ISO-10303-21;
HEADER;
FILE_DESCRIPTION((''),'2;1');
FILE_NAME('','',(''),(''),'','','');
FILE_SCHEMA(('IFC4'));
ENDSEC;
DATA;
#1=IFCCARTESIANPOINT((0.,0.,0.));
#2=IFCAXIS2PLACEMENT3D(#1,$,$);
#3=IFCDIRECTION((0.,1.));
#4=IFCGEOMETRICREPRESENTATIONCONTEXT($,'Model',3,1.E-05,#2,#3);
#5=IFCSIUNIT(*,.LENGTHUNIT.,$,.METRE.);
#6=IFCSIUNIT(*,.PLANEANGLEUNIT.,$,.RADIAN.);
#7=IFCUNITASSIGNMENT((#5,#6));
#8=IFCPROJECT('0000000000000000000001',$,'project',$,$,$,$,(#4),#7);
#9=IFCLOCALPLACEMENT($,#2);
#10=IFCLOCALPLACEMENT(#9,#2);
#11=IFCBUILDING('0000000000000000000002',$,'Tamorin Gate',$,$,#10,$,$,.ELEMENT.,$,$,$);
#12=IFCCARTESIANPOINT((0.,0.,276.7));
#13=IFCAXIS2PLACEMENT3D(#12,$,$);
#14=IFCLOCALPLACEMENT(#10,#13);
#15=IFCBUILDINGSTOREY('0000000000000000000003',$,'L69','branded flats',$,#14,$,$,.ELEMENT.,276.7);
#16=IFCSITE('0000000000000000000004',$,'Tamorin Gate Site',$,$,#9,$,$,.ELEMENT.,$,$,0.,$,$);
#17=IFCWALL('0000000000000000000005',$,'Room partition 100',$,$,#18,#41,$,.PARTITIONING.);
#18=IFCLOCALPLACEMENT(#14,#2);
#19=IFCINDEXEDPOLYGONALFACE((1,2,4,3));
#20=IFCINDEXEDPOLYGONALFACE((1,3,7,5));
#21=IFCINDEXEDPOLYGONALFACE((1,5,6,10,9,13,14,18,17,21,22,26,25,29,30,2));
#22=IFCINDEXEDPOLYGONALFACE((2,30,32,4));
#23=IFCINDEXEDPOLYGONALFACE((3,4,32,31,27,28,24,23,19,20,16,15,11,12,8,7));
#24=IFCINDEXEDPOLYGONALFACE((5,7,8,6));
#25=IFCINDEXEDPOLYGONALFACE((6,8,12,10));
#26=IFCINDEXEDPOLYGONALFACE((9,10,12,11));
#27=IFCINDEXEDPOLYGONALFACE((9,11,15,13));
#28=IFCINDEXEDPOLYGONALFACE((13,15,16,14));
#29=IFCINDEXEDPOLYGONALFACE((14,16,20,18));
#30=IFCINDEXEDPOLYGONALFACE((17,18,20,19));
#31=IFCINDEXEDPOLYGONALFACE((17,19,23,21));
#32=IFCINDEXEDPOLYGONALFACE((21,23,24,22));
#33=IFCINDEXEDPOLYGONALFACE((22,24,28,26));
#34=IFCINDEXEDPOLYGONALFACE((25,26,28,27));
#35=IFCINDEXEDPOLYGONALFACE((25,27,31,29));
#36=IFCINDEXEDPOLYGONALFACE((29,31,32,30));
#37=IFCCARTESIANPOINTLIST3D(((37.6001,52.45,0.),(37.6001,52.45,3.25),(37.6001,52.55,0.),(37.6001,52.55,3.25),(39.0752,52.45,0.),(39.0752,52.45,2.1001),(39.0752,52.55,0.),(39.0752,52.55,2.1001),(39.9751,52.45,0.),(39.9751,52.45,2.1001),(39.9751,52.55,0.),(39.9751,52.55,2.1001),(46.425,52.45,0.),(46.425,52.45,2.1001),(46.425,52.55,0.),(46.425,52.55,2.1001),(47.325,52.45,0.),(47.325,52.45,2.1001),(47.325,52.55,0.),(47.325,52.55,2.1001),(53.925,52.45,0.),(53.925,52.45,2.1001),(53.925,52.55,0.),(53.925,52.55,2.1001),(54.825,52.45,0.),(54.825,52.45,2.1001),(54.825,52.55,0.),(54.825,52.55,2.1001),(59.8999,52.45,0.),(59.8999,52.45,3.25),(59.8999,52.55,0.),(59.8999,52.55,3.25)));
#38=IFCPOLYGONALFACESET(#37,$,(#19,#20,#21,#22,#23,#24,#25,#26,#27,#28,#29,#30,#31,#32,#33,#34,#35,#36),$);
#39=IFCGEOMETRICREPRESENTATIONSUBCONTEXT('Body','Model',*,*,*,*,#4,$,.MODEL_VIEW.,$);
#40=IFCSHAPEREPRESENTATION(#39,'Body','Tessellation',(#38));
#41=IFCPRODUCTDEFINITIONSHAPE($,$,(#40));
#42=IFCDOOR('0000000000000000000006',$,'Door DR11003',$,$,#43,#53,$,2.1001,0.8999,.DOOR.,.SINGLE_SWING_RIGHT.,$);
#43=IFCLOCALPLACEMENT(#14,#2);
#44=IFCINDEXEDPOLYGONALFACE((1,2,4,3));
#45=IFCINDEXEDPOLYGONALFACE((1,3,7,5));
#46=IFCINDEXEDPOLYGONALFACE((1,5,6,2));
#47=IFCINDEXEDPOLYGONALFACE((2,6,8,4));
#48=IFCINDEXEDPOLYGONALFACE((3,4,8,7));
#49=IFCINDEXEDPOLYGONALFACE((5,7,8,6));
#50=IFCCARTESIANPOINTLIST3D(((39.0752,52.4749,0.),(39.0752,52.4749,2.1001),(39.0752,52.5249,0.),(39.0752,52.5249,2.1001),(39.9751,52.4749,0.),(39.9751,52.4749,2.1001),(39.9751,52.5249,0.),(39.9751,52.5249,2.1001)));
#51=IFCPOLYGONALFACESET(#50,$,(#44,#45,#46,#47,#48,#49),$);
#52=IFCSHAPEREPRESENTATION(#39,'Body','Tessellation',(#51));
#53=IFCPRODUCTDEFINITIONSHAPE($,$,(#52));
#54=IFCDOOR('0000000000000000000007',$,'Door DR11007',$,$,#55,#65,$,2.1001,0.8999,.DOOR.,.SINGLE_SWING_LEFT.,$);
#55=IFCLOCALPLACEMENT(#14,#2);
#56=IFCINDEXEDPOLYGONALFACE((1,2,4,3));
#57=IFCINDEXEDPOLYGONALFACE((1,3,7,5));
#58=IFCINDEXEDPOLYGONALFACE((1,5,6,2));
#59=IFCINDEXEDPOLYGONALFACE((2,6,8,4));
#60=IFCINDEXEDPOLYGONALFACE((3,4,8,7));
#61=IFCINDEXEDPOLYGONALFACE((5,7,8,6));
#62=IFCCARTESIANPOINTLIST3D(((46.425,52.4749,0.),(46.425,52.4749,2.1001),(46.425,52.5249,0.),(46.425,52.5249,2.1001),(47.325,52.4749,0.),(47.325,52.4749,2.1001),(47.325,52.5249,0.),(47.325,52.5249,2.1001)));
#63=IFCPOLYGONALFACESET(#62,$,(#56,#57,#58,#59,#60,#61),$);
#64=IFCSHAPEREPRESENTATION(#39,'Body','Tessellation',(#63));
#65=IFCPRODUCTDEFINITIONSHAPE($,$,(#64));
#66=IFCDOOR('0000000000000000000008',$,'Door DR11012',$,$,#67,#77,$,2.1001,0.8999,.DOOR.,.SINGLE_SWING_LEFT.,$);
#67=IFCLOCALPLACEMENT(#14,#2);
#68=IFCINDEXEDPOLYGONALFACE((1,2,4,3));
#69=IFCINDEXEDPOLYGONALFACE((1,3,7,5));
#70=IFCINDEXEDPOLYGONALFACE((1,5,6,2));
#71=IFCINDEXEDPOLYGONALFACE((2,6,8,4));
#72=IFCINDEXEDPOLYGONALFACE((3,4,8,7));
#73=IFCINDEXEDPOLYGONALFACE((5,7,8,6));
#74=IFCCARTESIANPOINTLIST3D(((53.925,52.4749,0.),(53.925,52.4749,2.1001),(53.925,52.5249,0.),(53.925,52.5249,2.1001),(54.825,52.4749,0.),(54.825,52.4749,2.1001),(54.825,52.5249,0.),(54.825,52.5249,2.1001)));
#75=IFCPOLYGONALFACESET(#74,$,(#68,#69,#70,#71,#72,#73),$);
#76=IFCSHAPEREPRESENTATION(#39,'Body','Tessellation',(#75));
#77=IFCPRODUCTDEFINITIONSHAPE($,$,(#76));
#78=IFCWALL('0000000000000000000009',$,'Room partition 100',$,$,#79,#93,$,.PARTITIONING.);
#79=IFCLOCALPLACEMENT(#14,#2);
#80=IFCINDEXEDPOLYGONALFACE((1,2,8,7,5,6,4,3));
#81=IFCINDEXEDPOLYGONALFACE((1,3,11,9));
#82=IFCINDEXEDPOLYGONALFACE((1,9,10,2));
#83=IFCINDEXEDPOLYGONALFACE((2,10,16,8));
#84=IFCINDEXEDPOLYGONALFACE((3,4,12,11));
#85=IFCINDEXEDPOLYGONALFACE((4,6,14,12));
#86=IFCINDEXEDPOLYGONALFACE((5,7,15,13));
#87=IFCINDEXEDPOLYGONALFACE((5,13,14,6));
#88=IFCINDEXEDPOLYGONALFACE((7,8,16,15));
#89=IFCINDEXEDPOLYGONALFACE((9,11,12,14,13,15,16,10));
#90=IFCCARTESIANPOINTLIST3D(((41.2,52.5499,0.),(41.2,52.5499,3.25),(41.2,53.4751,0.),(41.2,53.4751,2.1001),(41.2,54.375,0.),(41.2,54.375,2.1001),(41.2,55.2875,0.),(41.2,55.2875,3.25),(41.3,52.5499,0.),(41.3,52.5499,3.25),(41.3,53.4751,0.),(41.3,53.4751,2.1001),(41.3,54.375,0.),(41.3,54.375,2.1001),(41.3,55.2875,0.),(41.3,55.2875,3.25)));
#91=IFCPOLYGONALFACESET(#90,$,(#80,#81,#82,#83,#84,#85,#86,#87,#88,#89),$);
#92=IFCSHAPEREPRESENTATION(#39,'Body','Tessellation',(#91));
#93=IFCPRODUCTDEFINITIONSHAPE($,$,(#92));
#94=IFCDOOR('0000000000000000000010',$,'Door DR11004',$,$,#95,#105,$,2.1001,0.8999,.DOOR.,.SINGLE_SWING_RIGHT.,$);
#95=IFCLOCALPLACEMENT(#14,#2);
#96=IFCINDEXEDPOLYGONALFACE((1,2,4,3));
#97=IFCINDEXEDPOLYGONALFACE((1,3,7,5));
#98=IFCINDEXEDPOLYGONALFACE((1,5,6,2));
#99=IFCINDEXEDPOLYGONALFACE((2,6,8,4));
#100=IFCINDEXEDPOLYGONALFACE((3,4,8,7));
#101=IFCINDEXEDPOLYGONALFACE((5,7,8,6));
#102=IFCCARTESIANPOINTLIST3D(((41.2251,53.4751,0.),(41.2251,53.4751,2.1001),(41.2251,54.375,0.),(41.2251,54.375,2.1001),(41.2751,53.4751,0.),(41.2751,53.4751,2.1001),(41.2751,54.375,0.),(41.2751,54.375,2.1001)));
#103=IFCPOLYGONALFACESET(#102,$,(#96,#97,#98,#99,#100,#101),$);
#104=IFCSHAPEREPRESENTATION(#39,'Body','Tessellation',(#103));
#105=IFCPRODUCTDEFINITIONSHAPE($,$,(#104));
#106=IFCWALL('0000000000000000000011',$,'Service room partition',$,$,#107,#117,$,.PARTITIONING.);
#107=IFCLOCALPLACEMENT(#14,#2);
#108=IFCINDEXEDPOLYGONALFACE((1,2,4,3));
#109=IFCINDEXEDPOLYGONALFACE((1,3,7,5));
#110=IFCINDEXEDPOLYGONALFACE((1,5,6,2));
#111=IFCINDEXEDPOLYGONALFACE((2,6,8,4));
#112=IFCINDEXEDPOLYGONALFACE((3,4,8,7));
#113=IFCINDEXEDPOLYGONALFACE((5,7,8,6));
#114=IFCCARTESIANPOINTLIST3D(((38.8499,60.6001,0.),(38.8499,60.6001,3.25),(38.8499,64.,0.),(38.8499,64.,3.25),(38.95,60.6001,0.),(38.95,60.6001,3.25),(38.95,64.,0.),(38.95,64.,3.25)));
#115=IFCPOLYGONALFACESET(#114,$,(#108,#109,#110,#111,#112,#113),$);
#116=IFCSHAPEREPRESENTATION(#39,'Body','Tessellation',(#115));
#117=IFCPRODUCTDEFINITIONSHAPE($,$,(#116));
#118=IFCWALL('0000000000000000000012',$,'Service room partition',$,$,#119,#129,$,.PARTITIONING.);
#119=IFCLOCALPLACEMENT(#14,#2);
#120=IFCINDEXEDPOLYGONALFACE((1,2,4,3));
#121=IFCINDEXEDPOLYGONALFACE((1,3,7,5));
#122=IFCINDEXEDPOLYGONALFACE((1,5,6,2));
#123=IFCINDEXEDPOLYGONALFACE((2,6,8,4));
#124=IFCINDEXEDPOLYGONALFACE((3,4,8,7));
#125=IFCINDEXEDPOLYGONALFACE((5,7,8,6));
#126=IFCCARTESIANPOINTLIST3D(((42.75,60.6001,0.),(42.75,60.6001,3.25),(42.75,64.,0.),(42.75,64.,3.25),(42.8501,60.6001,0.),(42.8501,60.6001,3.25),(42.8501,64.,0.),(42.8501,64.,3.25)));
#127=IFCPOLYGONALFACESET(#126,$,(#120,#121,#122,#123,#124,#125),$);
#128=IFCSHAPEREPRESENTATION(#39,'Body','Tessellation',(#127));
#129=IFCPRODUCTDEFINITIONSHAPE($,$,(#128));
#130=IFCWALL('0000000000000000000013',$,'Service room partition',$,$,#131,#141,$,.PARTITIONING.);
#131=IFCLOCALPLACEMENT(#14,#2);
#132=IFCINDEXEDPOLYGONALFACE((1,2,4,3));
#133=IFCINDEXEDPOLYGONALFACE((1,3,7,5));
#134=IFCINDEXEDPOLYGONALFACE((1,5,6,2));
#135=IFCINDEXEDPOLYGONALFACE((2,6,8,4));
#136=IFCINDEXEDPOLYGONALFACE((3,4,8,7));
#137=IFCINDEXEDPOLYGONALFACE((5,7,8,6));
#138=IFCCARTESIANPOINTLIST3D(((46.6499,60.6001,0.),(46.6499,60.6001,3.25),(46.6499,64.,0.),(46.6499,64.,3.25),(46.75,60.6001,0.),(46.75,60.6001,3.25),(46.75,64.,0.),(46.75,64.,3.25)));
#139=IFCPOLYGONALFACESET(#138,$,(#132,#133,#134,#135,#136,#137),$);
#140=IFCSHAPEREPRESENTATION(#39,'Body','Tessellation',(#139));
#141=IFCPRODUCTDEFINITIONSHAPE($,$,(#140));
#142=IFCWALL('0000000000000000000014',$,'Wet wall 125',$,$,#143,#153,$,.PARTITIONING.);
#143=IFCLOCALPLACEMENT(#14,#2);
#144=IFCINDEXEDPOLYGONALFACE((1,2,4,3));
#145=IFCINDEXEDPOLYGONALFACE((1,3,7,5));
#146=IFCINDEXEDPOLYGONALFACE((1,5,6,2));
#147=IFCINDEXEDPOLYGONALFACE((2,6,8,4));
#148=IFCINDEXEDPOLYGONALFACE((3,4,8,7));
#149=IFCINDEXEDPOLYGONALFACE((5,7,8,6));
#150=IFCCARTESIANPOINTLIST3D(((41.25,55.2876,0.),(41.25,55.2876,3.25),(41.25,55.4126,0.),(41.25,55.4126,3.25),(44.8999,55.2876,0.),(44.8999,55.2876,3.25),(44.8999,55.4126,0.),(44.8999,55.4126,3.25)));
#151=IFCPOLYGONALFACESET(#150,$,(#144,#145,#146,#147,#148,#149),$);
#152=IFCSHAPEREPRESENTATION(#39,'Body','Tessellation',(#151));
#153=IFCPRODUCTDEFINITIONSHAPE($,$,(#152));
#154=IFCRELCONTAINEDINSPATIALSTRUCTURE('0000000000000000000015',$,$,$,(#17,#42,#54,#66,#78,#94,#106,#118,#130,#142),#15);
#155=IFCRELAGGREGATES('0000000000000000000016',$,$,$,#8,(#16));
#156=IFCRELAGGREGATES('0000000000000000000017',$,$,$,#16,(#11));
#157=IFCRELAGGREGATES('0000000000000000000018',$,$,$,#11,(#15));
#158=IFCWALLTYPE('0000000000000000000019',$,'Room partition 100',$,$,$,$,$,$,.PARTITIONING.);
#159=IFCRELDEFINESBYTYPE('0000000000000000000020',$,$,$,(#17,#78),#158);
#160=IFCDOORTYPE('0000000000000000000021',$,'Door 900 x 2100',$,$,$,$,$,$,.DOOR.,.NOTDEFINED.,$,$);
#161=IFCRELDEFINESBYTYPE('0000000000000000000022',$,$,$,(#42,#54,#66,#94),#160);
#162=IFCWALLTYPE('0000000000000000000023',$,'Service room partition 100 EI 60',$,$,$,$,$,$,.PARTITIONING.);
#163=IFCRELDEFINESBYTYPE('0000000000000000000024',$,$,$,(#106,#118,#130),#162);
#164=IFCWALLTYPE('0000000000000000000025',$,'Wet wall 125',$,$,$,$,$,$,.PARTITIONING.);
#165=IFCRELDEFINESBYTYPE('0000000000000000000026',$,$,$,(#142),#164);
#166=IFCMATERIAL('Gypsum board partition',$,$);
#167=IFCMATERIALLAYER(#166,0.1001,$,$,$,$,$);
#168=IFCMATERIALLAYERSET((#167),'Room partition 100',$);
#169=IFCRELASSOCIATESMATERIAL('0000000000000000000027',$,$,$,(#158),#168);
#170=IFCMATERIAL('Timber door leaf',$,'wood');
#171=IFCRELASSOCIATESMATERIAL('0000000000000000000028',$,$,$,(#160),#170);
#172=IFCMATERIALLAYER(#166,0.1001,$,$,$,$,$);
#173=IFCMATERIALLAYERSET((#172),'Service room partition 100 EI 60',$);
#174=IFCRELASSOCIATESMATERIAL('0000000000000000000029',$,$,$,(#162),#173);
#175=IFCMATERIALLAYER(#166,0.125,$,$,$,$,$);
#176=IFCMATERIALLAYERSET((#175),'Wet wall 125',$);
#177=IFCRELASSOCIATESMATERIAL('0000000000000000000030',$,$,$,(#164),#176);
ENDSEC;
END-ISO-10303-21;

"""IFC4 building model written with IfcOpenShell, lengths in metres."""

from ifc_helpers import new_model, si_unit, direction, frame, frame_2d, origin, place, context, subcontext, project, spatial, rectangle, extrude, material, layer, layer_set, type_object, element, fill, save


model = new_model("IFC4")

# Units and contexts
model_context = context("Model", 3, precision=1e-05, world=origin(), true_north=direction((0.0, 1.0)))
body_context = subcontext(model_context, "Body", "Model", "MODEL_VIEW")
ifc_project = project(units=[si_unit("LENGTHUNIT", "METRE"), si_unit("PLANEANGLEUNIT", "RADIAN")], contexts=[model_context])

# Site, building, storey
site_placement = place(None, origin())
site = spatial("IfcSite", under=ifc_project, at=site_placement, Name="Tamorin Gate Site", CompositionType="ELEMENT", RefElevation=0.0)
building_placement = place(site_placement, origin())
building = spatial("IfcBuilding", under=site, at=building_placement, Name="Tamorin Gate", CompositionType="ELEMENT")
storey_placement = place(building_placement, frame((0.0, 0.0, 276.7)))
storey = spatial("IfcBuildingStorey", under=building, at=storey_placement, Name="L69", Description="branded flats", CompositionType="ELEMENT", Elevation=276.7)

# Shared definitions
ifc_material_1 = material(Name="Gypsum board partition")

# Wall, openings, doors
ifc_layer_1 = layer(ifc_material_1, 0.1001)
ifc_layer_set_1 = layer_set([ifc_layer_1], Name="Room partition 100")
wall_type_1 = type_object("IfcWallType", Name="Room partition 100", PredefinedType="PARTITIONING", material=ifc_layer_set_1)
wall_1_placement = place(storey_placement, frame((37.6001, 52.5, 0.0), z_axis=(0.0, 0.0, 1.0), x_axis=(1.0, 0.0, 0.0)))
wall_1 = element("IfcWall", 1, at=wall_1_placement, inside=storey, type_object=wall_type_1, Name="Room partition 100", PredefinedType="PARTITIONING", context=body_context, shape_type="SweptSolid", body=[
    extrude(rectangle(XDim=22.2998, YDim=0.1001, at=frame_2d((11.1499, 0.0))), origin(), (0.0, 0.0, 1.0), 3.25),
])
opening_1_placement = place(wall_1_placement, frame((1.4751, 0.0, 0.0)))
opening_1 = element("IfcOpeningElement", 2, at=opening_1_placement, cuts=wall_1, PredefinedType="OPENING", context=body_context, shape_type="SweptSolid", body=[
    extrude(rectangle(XDim=0.8999, YDim=2.1001, at=frame_2d((0.45, 1.05))), frame((0.0, 0.0601, 0.0), z_axis=(0.0, -1.0, 0.0), x_axis=(1.0, 0.0, 0.0)), (0.0, 0.0, 1.0), 0.1201),
])
opening_2_placement = place(wall_1_placement, frame((8.825, 0.0, 0.0)))
opening_2 = element("IfcOpeningElement", 3, at=opening_2_placement, cuts=wall_1, PredefinedType="OPENING", context=body_context, shape_type="SweptSolid", body=[
    extrude(rectangle(XDim=0.8999, YDim=2.1001, at=frame_2d((0.45, 1.05))), frame((0.0, 0.0601, 0.0), z_axis=(0.0, -1.0, 0.0), x_axis=(1.0, 0.0, 0.0)), (0.0, 0.0, 1.0), 0.1201),
])
opening_3_placement = place(wall_1_placement, frame((16.325, 0.0, 0.0)))
opening_3 = element("IfcOpeningElement", 4, at=opening_3_placement, cuts=wall_1, PredefinedType="OPENING", context=body_context, shape_type="SweptSolid", body=[
    extrude(rectangle(XDim=0.8999, YDim=2.1001, at=frame_2d((0.45, 1.05))), frame((0.0, 0.0601, 0.0), z_axis=(0.0, -1.0, 0.0), x_axis=(1.0, 0.0, 0.0)), (0.0, 0.0, 1.0), 0.1201),
])
ifc_material_2 = material(Name="Timber door leaf", Category="wood")
door_type = type_object("IfcDoorType", Name="Door 900 x 2100", OperationType="NOTDEFINED", PredefinedType="DOOR", material=ifc_material_2)
door_1_placement = place(opening_1_placement, origin())
door_1 = element("IfcDoor", 5, at=door_1_placement, inside=storey, type_object=door_type, Name="Door DR11003", OperationType="SINGLE_SWING_RIGHT", OverallHeight=2.1001, OverallWidth=0.8999, PredefinedType="DOOR", context=body_context, shape_type="SweptSolid", body=[
    extrude(rectangle(XDim=0.8999, YDim=2.1001, at=frame_2d((0.45, 1.05))), frame((0.0, 0.0249, 0.0), z_axis=(0.0, -1.0, 0.0), x_axis=(1.0, 0.0, 0.0)), (0.0, 0.0, 1.0), 0.05),
])
fill(opening_1, door_1)
door_2_placement = place(opening_2_placement, origin())
door_2 = element("IfcDoor", 6, at=door_2_placement, inside=storey, type_object=door_type, Name="Door DR11007", OperationType="SINGLE_SWING_LEFT", OverallHeight=2.1001, OverallWidth=0.8999, PredefinedType="DOOR", context=body_context, shape_type="SweptSolid", body=[
    extrude(rectangle(XDim=0.8999, YDim=2.1001, at=frame_2d((0.45, 1.05))), frame((0.0, 0.0249, 0.0), z_axis=(0.0, -1.0, 0.0), x_axis=(1.0, 0.0, 0.0)), (0.0, 0.0, 1.0), 0.05),
])
fill(opening_2, door_2)
door_3_placement = place(opening_3_placement, origin())
door_3 = element("IfcDoor", 7, at=door_3_placement, inside=storey, type_object=door_type, Name="Door DR11012", OperationType="SINGLE_SWING_LEFT", OverallHeight=2.1001, OverallWidth=0.8999, PredefinedType="DOOR", context=body_context, shape_type="SweptSolid", body=[
    extrude(rectangle(XDim=0.8999, YDim=2.1001, at=frame_2d((0.45, 1.05))), frame((0.0, 0.0249, 0.0), z_axis=(0.0, -1.0, 0.0), x_axis=(1.0, 0.0, 0.0)), (0.0, 0.0, 1.0), 0.05),
])
fill(opening_3, door_3)

# Wall, opening, door
wall_2_placement = place(storey_placement, frame((41.25, 52.55, 0.0), z_axis=(0.0, 0.0, 1.0), x_axis=(0.0, 1.0, 0.0)))
wall_2 = element("IfcWall", 8, at=wall_2_placement, inside=storey, type_object=wall_type_1, Name="Room partition 100", PredefinedType="PARTITIONING", context=body_context, shape_type="SweptSolid", body=[
    extrude(rectangle(XDim=2.7375, YDim=0.1001, at=frame_2d((1.3687, 0.0))), origin(), (0.0, 0.0, 1.0), 3.25),
])
opening_4_placement = place(wall_2_placement, frame((0.925, 0.0, 0.0)))
opening_4 = element("IfcOpeningElement", 9, at=opening_4_placement, cuts=wall_2, PredefinedType="OPENING", context=body_context, shape_type="SweptSolid", body=[
    extrude(rectangle(XDim=0.8999, YDim=2.1001, at=frame_2d((0.45, 1.05))), frame((0.0, 0.0601, 0.0), z_axis=(0.0, -1.0, 0.0), x_axis=(1.0, 0.0, 0.0)), (0.0, 0.0, 1.0), 0.1201),
])
door_4_placement = place(opening_4_placement, origin())
door_4 = element("IfcDoor", 10, at=door_4_placement, inside=storey, type_object=door_type, Name="Door DR11004", OperationType="SINGLE_SWING_RIGHT", OverallHeight=2.1001, OverallWidth=0.8999, PredefinedType="DOOR", context=body_context, shape_type="SweptSolid", body=[
    extrude(rectangle(XDim=0.8999, YDim=2.1001, at=frame_2d((0.45, 1.05))), frame((0.0, 0.0249, 0.0), z_axis=(0.0, -1.0, 0.0), x_axis=(1.0, 0.0, 0.0)), (0.0, 0.0, 1.0), 0.05),
])
fill(opening_4, door_4)

# Walls
ifc_layer_2 = layer(ifc_material_1, 0.1001)
ifc_layer_set_2 = layer_set([ifc_layer_2], Name="Service room partition 100 EI 60")
wall_type_2 = type_object("IfcWallType", Name="Service room partition 100 EI 60", PredefinedType="PARTITIONING", material=ifc_layer_set_2)
for number, where, z_axis, x_axis, name in (
    (11, (38.8999, 60.6001, 0.0), (0.0, 0.0, 1.0), (0.0, 1.0, 0.0), "Service room partition"),
    (12, (42.8, 60.6001, 0.0), (0.0, 0.0, 1.0), (0.0, 1.0, 0.0), "Service room partition"),
    (13, (46.7, 60.6001, 0.0), (0.0, 0.0, 1.0), (0.0, 1.0, 0.0), "Service room partition"),
):
    element("IfcWall", number, at=place(storey_placement, frame(where, z_axis=z_axis, x_axis=x_axis)), inside=storey, type_object=wall_type_2, Name=name, PredefinedType="PARTITIONING", context=body_context, shape_type="SweptSolid", body=[
        extrude(rectangle(XDim=3.3999, YDim=0.1001, at=frame_2d((1.7, 0.0))), origin(), (0.0, 0.0, 1.0), 3.25),
    ])
ifc_layer_3 = layer(ifc_material_1, 0.125)
ifc_layer_set_3 = layer_set([ifc_layer_3], Name="Wet wall 125")
wall_type_3 = type_object("IfcWallType", Name="Wet wall 125", PredefinedType="PARTITIONING", material=ifc_layer_set_3)
wall_3_placement = place(storey_placement, frame((41.25, 55.3501, 0.0), z_axis=(0.0, 0.0, 1.0), x_axis=(1.0, 0.0, 0.0)))
element("IfcWall", 14, at=wall_3_placement, inside=storey, type_object=wall_type_3, Name="Wet wall 125", PredefinedType="PARTITIONING", context=body_context, shape_type="SweptSolid", body=[
    extrude(rectangle(XDim=3.6499, YDim=0.125, at=frame_2d((1.825, 0.0))), origin(), (0.0, 0.0, 1.0), 3.25),
])

save(model, "model.ifc")
